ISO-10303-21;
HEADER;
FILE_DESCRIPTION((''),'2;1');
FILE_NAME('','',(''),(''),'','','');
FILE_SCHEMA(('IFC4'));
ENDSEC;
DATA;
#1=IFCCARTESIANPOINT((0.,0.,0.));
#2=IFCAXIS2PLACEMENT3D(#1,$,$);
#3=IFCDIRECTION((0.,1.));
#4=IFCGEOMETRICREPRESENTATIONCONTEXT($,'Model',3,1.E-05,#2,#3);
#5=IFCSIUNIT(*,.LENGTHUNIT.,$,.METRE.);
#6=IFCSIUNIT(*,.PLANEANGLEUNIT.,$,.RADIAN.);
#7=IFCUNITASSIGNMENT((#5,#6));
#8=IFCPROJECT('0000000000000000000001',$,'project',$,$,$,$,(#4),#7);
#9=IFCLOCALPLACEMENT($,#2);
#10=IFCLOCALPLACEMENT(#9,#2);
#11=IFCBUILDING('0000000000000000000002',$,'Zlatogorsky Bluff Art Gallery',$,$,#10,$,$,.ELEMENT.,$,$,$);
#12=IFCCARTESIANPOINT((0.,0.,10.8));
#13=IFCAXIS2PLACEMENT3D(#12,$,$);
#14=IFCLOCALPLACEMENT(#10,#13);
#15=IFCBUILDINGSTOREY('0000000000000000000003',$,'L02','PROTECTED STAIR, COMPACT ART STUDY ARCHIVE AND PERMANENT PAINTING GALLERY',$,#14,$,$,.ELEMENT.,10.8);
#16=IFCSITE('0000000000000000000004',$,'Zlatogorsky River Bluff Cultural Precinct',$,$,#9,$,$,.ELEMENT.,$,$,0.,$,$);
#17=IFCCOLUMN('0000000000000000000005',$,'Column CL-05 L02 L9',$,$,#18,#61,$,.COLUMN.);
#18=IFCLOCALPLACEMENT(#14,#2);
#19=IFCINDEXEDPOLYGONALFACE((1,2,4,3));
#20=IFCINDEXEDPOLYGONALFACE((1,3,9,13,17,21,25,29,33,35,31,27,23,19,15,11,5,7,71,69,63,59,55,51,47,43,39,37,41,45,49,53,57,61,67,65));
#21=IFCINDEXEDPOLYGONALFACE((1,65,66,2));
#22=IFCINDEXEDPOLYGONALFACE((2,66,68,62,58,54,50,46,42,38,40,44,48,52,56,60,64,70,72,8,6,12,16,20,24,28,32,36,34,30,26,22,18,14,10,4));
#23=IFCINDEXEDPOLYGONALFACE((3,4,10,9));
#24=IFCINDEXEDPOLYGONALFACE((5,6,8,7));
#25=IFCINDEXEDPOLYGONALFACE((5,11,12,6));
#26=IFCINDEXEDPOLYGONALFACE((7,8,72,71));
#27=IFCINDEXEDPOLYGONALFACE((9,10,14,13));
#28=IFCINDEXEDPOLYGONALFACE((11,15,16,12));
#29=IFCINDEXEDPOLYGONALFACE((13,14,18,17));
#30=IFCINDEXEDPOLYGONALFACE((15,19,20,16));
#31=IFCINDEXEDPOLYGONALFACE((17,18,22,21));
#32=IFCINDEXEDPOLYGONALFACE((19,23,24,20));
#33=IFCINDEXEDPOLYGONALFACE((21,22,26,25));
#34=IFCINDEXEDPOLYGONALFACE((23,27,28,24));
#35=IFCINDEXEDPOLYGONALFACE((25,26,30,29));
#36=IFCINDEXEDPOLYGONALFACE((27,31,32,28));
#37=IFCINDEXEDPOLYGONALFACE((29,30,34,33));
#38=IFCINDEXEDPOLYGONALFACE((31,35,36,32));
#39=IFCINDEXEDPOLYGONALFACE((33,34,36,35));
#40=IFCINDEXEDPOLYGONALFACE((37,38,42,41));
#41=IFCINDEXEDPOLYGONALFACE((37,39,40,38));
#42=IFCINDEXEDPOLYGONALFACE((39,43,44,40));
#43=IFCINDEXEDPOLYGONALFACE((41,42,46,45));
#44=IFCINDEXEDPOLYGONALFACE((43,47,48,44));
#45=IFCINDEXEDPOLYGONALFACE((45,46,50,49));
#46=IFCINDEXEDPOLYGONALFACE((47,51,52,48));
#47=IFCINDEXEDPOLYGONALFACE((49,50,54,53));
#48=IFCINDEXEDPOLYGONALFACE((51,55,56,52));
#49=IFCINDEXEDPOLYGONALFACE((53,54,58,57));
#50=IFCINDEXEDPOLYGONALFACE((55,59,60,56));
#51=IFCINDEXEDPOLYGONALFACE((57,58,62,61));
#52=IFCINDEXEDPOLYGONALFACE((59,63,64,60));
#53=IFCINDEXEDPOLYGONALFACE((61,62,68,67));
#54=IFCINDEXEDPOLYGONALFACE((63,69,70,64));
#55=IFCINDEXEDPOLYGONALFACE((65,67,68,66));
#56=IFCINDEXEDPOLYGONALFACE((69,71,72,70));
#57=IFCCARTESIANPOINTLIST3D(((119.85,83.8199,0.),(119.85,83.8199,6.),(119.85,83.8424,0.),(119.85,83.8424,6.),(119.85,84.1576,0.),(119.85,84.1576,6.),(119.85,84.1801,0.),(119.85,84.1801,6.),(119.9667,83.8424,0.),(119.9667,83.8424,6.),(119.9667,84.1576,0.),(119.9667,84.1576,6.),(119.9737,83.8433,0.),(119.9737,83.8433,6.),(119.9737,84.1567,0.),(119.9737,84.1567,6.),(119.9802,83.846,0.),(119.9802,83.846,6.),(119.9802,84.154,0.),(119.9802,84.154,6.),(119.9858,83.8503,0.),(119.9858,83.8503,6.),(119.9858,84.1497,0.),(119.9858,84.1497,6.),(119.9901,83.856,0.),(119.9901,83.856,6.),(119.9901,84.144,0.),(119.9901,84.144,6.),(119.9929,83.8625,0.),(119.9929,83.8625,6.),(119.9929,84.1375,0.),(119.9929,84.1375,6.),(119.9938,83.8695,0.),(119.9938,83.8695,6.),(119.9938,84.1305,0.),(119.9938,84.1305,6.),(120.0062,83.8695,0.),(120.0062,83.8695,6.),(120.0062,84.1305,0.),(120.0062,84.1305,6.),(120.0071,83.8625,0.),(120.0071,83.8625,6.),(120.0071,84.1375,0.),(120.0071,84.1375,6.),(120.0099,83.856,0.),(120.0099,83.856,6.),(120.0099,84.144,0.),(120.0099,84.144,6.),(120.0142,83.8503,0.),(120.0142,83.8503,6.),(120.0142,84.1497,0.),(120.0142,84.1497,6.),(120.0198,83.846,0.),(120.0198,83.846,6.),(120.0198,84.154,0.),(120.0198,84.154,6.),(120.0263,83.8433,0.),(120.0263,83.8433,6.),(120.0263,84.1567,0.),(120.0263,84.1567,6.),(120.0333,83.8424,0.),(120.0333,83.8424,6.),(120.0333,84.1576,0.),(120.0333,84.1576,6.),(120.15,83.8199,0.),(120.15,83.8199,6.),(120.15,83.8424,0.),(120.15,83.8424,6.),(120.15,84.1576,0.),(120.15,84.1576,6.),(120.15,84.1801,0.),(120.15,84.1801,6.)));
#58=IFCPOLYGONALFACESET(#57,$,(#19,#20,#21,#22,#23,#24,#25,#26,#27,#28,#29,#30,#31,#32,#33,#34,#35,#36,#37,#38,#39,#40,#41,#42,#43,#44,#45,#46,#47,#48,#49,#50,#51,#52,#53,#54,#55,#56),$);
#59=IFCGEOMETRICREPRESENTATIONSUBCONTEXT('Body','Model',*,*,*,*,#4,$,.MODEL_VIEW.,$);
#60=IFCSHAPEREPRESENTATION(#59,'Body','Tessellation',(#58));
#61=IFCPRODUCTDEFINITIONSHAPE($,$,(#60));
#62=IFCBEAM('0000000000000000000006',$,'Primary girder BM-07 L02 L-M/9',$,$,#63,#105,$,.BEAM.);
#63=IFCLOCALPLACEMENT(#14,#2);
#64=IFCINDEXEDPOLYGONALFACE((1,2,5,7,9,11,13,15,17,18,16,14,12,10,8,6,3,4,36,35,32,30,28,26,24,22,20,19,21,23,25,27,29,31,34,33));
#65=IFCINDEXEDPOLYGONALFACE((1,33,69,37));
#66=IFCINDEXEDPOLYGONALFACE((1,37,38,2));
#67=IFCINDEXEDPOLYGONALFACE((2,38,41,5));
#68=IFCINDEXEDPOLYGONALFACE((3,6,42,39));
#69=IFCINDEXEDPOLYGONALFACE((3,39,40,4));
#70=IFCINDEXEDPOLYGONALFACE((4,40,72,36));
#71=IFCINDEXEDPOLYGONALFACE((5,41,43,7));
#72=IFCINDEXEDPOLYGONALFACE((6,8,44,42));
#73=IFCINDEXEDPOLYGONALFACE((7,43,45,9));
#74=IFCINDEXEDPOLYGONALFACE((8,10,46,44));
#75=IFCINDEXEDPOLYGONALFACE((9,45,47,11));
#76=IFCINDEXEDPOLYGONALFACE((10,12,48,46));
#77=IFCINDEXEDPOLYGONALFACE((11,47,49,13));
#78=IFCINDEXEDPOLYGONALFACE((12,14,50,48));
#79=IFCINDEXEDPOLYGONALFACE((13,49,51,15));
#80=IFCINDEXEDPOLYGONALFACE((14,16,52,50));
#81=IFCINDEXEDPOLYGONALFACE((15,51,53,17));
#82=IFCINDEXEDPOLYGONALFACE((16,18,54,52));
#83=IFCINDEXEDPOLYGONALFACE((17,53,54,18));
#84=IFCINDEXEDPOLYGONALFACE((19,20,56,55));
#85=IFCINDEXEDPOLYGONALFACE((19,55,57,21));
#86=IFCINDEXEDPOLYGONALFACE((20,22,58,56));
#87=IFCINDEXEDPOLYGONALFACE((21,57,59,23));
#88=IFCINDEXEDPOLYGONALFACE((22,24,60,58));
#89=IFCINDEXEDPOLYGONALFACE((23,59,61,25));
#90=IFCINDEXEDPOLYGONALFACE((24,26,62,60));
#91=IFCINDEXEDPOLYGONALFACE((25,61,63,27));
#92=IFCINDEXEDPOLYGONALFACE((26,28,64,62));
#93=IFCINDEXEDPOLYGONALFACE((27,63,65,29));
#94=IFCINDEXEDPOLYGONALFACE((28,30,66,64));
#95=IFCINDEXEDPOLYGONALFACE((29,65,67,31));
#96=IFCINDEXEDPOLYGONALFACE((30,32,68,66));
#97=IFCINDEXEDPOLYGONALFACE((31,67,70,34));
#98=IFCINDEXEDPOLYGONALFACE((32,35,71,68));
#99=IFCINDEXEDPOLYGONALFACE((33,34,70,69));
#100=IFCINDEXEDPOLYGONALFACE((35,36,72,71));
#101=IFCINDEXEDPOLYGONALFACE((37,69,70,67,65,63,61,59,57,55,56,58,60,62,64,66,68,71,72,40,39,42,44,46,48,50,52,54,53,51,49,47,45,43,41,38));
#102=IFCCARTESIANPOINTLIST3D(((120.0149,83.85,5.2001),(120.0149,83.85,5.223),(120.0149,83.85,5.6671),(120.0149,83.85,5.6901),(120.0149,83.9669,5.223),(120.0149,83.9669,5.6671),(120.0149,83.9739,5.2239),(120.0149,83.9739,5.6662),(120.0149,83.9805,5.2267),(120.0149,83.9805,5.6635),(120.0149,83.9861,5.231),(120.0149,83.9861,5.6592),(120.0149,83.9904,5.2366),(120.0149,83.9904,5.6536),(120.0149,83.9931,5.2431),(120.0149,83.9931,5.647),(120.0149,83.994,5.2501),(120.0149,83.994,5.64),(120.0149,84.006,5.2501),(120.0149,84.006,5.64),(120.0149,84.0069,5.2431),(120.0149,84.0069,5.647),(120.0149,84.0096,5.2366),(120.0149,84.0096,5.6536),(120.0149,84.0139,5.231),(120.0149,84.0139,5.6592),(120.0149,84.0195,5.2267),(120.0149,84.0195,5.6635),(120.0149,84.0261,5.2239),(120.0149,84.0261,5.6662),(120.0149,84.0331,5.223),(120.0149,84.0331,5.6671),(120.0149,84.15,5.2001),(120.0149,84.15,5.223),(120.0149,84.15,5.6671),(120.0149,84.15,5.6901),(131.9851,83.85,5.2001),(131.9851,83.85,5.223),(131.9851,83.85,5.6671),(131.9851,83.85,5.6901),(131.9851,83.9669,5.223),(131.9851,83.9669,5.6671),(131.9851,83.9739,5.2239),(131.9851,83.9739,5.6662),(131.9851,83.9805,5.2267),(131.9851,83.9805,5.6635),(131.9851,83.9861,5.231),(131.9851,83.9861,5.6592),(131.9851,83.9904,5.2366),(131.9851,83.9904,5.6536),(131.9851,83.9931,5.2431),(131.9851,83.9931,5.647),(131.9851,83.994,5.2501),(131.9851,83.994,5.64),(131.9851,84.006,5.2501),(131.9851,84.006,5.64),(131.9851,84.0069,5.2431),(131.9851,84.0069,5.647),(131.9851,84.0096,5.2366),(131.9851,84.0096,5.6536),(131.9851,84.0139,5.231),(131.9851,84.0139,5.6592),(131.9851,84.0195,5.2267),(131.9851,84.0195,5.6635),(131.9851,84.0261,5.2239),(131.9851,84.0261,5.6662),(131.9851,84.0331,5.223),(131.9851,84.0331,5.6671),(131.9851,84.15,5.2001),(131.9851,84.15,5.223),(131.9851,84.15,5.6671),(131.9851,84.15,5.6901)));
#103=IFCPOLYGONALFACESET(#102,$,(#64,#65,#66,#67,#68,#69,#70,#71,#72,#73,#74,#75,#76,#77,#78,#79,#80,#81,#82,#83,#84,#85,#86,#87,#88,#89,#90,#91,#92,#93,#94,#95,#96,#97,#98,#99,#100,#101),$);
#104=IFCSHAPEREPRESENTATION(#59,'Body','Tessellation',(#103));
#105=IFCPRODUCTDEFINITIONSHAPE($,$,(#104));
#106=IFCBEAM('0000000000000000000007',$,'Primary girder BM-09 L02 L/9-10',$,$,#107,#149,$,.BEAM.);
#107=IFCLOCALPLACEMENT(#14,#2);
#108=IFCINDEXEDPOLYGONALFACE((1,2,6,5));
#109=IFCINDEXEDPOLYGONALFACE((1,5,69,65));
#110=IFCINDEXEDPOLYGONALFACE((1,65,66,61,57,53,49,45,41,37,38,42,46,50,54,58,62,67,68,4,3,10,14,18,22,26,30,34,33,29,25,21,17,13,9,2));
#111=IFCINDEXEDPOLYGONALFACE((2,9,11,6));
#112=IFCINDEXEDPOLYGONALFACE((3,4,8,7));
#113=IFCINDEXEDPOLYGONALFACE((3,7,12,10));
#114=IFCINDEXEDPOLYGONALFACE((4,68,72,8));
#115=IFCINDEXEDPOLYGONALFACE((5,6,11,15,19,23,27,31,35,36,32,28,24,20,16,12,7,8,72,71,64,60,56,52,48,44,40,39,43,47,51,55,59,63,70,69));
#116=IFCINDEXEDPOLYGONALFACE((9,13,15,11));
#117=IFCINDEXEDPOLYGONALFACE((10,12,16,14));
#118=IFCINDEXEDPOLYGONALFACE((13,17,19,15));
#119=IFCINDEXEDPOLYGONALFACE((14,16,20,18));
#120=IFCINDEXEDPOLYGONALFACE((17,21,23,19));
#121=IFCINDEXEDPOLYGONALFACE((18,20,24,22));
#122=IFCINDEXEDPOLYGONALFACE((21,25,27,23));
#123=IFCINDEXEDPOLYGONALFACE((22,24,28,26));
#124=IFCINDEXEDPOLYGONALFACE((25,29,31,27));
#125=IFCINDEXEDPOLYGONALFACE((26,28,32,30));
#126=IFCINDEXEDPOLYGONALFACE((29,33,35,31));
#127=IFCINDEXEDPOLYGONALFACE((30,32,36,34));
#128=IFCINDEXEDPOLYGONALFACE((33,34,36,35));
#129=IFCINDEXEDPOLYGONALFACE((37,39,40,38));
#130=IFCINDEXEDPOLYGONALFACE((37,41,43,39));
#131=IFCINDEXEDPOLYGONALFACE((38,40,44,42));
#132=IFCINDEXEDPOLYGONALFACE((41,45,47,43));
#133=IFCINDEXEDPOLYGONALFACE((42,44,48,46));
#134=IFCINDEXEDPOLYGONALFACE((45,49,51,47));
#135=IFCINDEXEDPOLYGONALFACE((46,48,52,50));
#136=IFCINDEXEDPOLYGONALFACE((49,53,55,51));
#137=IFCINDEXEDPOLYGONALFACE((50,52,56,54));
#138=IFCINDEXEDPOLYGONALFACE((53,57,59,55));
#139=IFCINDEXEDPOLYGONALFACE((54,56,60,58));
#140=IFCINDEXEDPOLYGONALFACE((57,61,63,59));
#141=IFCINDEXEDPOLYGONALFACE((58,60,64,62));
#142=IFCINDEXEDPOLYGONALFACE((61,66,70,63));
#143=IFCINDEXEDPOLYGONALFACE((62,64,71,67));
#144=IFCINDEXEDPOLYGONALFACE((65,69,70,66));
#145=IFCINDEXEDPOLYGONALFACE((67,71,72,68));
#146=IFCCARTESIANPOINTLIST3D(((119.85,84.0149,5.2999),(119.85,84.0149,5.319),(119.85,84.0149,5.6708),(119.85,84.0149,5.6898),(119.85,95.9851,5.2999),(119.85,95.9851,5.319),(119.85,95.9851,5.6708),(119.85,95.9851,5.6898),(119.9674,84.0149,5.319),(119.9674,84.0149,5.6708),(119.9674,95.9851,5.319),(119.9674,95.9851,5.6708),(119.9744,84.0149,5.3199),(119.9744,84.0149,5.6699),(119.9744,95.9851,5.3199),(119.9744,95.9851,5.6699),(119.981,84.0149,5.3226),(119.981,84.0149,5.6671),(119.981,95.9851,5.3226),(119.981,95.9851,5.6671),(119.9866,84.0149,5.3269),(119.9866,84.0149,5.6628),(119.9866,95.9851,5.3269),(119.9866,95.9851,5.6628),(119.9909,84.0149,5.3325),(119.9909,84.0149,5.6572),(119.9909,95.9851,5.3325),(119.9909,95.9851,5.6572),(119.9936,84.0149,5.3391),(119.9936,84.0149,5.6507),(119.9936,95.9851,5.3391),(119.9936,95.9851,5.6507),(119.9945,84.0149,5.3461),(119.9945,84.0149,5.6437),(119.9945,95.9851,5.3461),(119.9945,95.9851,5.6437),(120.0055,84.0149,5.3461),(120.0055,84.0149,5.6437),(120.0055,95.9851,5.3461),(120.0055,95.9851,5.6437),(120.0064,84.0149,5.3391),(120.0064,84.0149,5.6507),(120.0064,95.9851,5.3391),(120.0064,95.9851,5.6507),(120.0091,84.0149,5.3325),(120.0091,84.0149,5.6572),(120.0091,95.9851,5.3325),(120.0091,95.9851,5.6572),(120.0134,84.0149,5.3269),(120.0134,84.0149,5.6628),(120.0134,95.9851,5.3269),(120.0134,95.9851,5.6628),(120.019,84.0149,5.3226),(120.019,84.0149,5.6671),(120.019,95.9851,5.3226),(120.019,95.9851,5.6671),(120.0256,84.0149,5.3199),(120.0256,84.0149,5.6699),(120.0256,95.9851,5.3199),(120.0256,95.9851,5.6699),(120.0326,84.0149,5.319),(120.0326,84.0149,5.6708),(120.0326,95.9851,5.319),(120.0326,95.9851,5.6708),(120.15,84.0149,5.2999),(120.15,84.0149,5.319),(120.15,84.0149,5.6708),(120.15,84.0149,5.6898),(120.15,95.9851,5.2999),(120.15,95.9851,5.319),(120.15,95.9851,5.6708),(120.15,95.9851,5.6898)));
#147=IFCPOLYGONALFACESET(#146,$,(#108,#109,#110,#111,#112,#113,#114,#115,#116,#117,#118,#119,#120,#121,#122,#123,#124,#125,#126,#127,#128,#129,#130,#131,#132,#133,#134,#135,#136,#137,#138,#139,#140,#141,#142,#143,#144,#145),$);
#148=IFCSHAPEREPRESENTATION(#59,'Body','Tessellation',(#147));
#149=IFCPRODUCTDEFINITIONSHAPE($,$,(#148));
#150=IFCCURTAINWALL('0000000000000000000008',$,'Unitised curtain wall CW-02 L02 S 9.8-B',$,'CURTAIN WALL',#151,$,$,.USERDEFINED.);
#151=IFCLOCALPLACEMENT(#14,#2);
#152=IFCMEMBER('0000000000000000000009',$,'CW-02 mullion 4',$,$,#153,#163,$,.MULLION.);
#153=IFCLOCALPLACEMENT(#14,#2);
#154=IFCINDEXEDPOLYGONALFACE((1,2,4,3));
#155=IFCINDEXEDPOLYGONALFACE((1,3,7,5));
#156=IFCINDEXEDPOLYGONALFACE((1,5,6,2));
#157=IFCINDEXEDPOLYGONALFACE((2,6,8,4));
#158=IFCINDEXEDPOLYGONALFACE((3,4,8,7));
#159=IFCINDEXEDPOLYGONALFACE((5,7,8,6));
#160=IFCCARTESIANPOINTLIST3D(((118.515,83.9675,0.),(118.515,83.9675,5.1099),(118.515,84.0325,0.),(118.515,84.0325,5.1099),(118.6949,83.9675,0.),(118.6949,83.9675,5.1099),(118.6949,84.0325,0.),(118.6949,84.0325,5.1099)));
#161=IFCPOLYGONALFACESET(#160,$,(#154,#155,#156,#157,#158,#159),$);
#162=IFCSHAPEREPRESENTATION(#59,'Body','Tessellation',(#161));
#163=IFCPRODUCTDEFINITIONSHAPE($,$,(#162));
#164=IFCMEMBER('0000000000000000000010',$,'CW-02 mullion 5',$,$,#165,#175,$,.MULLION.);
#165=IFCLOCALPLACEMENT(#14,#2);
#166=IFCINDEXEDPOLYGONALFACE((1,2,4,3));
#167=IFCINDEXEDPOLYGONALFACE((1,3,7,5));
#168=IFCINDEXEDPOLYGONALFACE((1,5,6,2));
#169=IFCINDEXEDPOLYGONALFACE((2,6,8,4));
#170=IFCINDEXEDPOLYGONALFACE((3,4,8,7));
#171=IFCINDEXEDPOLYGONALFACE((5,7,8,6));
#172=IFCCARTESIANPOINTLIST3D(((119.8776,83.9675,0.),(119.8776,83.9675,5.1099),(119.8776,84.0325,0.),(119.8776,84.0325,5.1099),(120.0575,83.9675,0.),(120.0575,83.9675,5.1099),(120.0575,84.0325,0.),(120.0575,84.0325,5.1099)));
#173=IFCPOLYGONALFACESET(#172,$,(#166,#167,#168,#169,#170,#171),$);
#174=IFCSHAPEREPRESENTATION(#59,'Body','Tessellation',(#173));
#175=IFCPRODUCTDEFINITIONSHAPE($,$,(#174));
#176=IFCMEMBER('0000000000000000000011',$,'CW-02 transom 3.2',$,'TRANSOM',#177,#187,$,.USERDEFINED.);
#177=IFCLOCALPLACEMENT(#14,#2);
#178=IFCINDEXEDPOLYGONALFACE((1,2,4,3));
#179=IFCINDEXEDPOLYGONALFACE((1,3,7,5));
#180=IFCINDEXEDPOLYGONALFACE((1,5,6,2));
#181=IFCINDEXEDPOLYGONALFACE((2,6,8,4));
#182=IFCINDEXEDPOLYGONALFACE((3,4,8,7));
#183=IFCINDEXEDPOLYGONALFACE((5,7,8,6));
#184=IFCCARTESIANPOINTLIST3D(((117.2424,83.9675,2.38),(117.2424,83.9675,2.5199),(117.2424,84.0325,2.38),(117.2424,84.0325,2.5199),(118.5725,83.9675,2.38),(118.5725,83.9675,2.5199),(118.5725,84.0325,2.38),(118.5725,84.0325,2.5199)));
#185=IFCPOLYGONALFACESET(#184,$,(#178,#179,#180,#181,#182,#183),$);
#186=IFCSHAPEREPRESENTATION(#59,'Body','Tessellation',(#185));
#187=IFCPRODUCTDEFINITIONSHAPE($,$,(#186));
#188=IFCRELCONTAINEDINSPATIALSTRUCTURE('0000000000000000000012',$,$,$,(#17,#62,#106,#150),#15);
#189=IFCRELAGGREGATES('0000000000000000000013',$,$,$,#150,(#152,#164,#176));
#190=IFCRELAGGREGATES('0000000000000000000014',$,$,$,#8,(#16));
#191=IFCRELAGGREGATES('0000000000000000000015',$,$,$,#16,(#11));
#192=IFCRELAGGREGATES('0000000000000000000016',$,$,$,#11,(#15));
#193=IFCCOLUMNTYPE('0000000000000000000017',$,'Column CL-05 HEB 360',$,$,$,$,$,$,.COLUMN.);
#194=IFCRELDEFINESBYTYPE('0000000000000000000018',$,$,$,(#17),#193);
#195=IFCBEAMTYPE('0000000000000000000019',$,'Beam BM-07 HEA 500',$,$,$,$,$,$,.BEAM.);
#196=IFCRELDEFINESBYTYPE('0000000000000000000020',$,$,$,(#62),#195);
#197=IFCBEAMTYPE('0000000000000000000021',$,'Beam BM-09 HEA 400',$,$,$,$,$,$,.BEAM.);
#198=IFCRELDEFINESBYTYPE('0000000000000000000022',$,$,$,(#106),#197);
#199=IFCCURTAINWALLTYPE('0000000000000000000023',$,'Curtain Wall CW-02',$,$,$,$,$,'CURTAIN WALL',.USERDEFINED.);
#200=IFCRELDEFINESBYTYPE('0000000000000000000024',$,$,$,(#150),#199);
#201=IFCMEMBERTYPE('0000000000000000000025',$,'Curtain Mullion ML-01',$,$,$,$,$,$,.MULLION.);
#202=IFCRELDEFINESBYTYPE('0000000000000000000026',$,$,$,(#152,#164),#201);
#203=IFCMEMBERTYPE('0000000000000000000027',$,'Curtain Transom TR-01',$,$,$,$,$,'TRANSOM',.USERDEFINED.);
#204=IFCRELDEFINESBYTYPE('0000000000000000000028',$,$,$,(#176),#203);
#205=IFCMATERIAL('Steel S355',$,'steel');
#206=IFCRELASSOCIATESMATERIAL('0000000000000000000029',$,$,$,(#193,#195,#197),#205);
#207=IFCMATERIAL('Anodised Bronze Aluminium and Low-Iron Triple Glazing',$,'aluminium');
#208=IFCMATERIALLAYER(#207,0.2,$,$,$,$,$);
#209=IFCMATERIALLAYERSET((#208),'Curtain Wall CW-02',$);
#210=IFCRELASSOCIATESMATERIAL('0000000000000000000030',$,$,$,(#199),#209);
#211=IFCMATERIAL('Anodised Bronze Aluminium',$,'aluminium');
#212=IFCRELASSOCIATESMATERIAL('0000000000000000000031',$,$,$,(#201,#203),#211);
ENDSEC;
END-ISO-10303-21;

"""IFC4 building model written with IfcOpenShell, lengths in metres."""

from ifc_helpers import new_model, si_unit, direction, frame, origin, origin_2d, place, context, subcontext, project, spatial, rectangle, i_section, extrude, material, layer, layer_set, material_profile, profile_set, type_object, element, aggregate, save


model = new_model("IFC4")

# Units and contexts
model_context = context("Model", 3, precision=1e-05, world=origin(), true_north=direction((0.0, 1.0)))
body_context = subcontext(model_context, "Body", "Model", "MODEL_VIEW")
ifc_project = project(units=[si_unit("LENGTHUNIT", "METRE"), si_unit("PLANEANGLEUNIT", "RADIAN")], contexts=[model_context])

# Site, building, storey
site_placement = place(None, origin())
site = spatial("IfcSite", under=ifc_project, at=site_placement, Name="Zlatogorsky River Bluff Cultural Precinct", CompositionType="ELEMENT", RefElevation=0.0)
building_placement = place(site_placement, origin())
building = spatial("IfcBuilding", under=site, at=building_placement, Name="Zlatogorsky Bluff Art Gallery", CompositionType="ELEMENT")
storey_placement = place(building_placement, frame((0.0, 0.0, 10.8)))
storey = spatial("IfcBuildingStorey", under=building, at=storey_placement, Name="L02", Description="PROTECTED STAIR, COMPACT ART STUDY ARCHIVE AND PERMANENT PAINTING GALLERY", CompositionType="ELEMENT", Elevation=10.8)

# Column
ifc_material_1 = material(Name="Steel S355", Category="steel")
ifc_material_profile_1 = material_profile(ifc_material_1, i_section(OverallWidth=0.3, OverallDepth=0.3601, WebThickness=0.0125, FlangeThickness=0.0225, FilletRadius=0.0271, at=origin_2d()), Name="HEB 360")
ifc_profile_set_1 = profile_set([ifc_material_profile_1], Name="Steel S355")
column_type = type_object("IfcColumnType", Name="Column CL-05 HEB 360", PredefinedType="COLUMN", material=ifc_profile_set_1)
column_placement = place(storey_placement, frame((120.0, 84.0, 0.0), z_axis=(0.0, 0.0, 1.0), x_axis=(1.0, 0.0, 0.0)))
element("IfcColumn", 1, at=column_placement, inside=storey, type_object=column_type, Name="Column CL-05 L02 L9", PredefinedType="COLUMN", context=body_context, shape_type="SweptSolid", body=[
    extrude(i_section(OverallWidth=0.3, OverallDepth=0.3601, WebThickness=0.0125, FlangeThickness=0.0225, FilletRadius=0.0271, at=origin_2d()), origin(), (0.0, 0.0, 1.0), 6.0),
])

# Beams
ifc_material_profile_2 = material_profile(ifc_material_1, i_section(OverallWidth=0.3, OverallDepth=0.49, WebThickness=0.012, FlangeThickness=0.0229, FilletRadius=0.0271, at=origin_2d()), Name="HEA 500")
ifc_profile_set_2 = profile_set([ifc_material_profile_2], Name="Steel S355")
beam_type_1 = type_object("IfcBeamType", Name="Beam BM-07 HEA 500", PredefinedType="BEAM", material=ifc_profile_set_2)
beam_1_placement = place(storey_placement, frame((120.0149, 84.0, 5.4451), z_axis=(1.0, 0.0, 0.0), x_axis=(0.0, 1.0, 0.0)))
element("IfcBeam", 2, at=beam_1_placement, inside=storey, type_object=beam_type_1, Name="Primary girder BM-07 L02 L-M/9", PredefinedType="BEAM", context=body_context, shape_type="SweptSolid", body=[
    extrude(i_section(OverallWidth=0.3, OverallDepth=0.49, WebThickness=0.012, FlangeThickness=0.0229, FilletRadius=0.0271, at=origin_2d()), origin(), (0.0, 0.0, 1.0), 11.9702),
])
ifc_material_profile_3 = material_profile(ifc_material_1, i_section(OverallWidth=0.3, OverallDepth=0.3899, WebThickness=0.011, FlangeThickness=0.019, FilletRadius=0.0271, at=origin_2d()), Name="HEA 400")
ifc_profile_set_3 = profile_set([ifc_material_profile_3], Name="Steel S355")
beam_type_2 = type_object("IfcBeamType", Name="Beam BM-09 HEA 400", PredefinedType="BEAM", material=ifc_profile_set_3)
beam_2_placement = place(storey_placement, frame((120.0, 84.0149, 5.4949), z_axis=(0.0, 1.0, 0.0), x_axis=(-1.0, 0.0, 0.0)))
element("IfcBeam", 3, at=beam_2_placement, inside=storey, type_object=beam_type_2, Name="Primary girder BM-09 L02 L/9-10", PredefinedType="BEAM", context=body_context, shape_type="SweptSolid", body=[
    extrude(i_section(OverallWidth=0.3, OverallDepth=0.3899, WebThickness=0.011, FlangeThickness=0.019, FilletRadius=0.0271, at=origin_2d()), origin(), (0.0, 0.0, 1.0), 11.9702),
])

# Curtain wall, members
ifc_material_2 = material(Name="Anodised Bronze Aluminium and Low-Iron Triple Glazing", Category="aluminium")
ifc_layer_1 = layer(ifc_material_2, 0.2)
ifc_layer_set_1 = layer_set([ifc_layer_1], Name="Curtain Wall CW-02")
curtain_wall_type = type_object("IfcCurtainWallType", Name="Curtain Wall CW-02", ElementType="CURTAIN WALL", PredefinedType="USERDEFINED", material=ifc_layer_set_1)
curtain_wall_placement = place(storey_placement, origin())
curtain_wall = element("IfcCurtainWall", 4, at=curtain_wall_placement, inside=storey, type_object=curtain_wall_type, Name="Unitised curtain wall CW-02 L02 S 9.8-B", ObjectType="CURTAIN WALL", PredefinedType="USERDEFINED")
ifc_material_3 = material(Name="Anodised Bronze Aluminium", Category="aluminium")
ifc_material_profile_4 = material_profile(ifc_material_3, rectangle(XDim=0.0649, YDim=0.1799, at=origin_2d()), Name="ALU MULLION 65x180")
ifc_profile_set_4 = profile_set([ifc_material_profile_4], Name="Anodised Bronze Aluminium")
member_type_1 = type_object("IfcMemberType", Name="Curtain Mullion ML-01", PredefinedType="MULLION", material=ifc_profile_set_4)
member_1_placement = place(storey_placement, frame((118.605, 84.0, 0.0), z_axis=(0.0, 0.0, 1.0), x_axis=(0.0, 1.0, 0.0)))
member_1 = element("IfcMember", 5, at=member_1_placement, type_object=member_type_1, Name="CW-02 mullion 4", PredefinedType="MULLION", context=body_context, shape_type="SweptSolid", body=[
    extrude(rectangle(XDim=0.0649, YDim=0.1799, at=origin_2d()), origin(), (0.0, 0.0, 1.0), 5.1099),
])
member_2_placement = place(storey_placement, frame((119.9675, 84.0, 0.0), z_axis=(0.0, 0.0, 1.0), x_axis=(0.0, 1.0, 0.0)))
member_2 = element("IfcMember", 6, at=member_2_placement, type_object=member_type_1, Name="CW-02 mullion 5", PredefinedType="MULLION", context=body_context, shape_type="SweptSolid", body=[
    extrude(rectangle(XDim=0.0649, YDim=0.1799, at=origin_2d()), origin(), (0.0, 0.0, 1.0), 5.1099),
])
ifc_material_profile_5 = material_profile(ifc_material_3, rectangle(XDim=0.0649, YDim=0.1399, at=origin_2d()), Name="ALU TRANSOM 65x140")
ifc_profile_set_5 = profile_set([ifc_material_profile_5], Name="Anodised Bronze Aluminium")
member_type_2 = type_object("IfcMemberType", Name="Curtain Transom TR-01", ElementType="TRANSOM", PredefinedType="USERDEFINED", material=ifc_profile_set_5)
member_3_placement = place(storey_placement, frame((117.2424, 84.0, 2.45), z_axis=(1.0, 0.0, 0.0), x_axis=(0.0, 1.0, 0.0)))
member_3 = element("IfcMember", 7, at=member_3_placement, type_object=member_type_2, Name="CW-02 transom 3.2", ObjectType="TRANSOM", PredefinedType="USERDEFINED", context=body_context, shape_type="SweptSolid", body=[
    extrude(rectangle(XDim=0.0649, YDim=0.1399, at=origin_2d()), origin(), (0.0, 0.0, 1.0), 1.3301),
])
aggregate(curtain_wall, [member_1, member_2, member_3])

save(model, "model.ifc")
